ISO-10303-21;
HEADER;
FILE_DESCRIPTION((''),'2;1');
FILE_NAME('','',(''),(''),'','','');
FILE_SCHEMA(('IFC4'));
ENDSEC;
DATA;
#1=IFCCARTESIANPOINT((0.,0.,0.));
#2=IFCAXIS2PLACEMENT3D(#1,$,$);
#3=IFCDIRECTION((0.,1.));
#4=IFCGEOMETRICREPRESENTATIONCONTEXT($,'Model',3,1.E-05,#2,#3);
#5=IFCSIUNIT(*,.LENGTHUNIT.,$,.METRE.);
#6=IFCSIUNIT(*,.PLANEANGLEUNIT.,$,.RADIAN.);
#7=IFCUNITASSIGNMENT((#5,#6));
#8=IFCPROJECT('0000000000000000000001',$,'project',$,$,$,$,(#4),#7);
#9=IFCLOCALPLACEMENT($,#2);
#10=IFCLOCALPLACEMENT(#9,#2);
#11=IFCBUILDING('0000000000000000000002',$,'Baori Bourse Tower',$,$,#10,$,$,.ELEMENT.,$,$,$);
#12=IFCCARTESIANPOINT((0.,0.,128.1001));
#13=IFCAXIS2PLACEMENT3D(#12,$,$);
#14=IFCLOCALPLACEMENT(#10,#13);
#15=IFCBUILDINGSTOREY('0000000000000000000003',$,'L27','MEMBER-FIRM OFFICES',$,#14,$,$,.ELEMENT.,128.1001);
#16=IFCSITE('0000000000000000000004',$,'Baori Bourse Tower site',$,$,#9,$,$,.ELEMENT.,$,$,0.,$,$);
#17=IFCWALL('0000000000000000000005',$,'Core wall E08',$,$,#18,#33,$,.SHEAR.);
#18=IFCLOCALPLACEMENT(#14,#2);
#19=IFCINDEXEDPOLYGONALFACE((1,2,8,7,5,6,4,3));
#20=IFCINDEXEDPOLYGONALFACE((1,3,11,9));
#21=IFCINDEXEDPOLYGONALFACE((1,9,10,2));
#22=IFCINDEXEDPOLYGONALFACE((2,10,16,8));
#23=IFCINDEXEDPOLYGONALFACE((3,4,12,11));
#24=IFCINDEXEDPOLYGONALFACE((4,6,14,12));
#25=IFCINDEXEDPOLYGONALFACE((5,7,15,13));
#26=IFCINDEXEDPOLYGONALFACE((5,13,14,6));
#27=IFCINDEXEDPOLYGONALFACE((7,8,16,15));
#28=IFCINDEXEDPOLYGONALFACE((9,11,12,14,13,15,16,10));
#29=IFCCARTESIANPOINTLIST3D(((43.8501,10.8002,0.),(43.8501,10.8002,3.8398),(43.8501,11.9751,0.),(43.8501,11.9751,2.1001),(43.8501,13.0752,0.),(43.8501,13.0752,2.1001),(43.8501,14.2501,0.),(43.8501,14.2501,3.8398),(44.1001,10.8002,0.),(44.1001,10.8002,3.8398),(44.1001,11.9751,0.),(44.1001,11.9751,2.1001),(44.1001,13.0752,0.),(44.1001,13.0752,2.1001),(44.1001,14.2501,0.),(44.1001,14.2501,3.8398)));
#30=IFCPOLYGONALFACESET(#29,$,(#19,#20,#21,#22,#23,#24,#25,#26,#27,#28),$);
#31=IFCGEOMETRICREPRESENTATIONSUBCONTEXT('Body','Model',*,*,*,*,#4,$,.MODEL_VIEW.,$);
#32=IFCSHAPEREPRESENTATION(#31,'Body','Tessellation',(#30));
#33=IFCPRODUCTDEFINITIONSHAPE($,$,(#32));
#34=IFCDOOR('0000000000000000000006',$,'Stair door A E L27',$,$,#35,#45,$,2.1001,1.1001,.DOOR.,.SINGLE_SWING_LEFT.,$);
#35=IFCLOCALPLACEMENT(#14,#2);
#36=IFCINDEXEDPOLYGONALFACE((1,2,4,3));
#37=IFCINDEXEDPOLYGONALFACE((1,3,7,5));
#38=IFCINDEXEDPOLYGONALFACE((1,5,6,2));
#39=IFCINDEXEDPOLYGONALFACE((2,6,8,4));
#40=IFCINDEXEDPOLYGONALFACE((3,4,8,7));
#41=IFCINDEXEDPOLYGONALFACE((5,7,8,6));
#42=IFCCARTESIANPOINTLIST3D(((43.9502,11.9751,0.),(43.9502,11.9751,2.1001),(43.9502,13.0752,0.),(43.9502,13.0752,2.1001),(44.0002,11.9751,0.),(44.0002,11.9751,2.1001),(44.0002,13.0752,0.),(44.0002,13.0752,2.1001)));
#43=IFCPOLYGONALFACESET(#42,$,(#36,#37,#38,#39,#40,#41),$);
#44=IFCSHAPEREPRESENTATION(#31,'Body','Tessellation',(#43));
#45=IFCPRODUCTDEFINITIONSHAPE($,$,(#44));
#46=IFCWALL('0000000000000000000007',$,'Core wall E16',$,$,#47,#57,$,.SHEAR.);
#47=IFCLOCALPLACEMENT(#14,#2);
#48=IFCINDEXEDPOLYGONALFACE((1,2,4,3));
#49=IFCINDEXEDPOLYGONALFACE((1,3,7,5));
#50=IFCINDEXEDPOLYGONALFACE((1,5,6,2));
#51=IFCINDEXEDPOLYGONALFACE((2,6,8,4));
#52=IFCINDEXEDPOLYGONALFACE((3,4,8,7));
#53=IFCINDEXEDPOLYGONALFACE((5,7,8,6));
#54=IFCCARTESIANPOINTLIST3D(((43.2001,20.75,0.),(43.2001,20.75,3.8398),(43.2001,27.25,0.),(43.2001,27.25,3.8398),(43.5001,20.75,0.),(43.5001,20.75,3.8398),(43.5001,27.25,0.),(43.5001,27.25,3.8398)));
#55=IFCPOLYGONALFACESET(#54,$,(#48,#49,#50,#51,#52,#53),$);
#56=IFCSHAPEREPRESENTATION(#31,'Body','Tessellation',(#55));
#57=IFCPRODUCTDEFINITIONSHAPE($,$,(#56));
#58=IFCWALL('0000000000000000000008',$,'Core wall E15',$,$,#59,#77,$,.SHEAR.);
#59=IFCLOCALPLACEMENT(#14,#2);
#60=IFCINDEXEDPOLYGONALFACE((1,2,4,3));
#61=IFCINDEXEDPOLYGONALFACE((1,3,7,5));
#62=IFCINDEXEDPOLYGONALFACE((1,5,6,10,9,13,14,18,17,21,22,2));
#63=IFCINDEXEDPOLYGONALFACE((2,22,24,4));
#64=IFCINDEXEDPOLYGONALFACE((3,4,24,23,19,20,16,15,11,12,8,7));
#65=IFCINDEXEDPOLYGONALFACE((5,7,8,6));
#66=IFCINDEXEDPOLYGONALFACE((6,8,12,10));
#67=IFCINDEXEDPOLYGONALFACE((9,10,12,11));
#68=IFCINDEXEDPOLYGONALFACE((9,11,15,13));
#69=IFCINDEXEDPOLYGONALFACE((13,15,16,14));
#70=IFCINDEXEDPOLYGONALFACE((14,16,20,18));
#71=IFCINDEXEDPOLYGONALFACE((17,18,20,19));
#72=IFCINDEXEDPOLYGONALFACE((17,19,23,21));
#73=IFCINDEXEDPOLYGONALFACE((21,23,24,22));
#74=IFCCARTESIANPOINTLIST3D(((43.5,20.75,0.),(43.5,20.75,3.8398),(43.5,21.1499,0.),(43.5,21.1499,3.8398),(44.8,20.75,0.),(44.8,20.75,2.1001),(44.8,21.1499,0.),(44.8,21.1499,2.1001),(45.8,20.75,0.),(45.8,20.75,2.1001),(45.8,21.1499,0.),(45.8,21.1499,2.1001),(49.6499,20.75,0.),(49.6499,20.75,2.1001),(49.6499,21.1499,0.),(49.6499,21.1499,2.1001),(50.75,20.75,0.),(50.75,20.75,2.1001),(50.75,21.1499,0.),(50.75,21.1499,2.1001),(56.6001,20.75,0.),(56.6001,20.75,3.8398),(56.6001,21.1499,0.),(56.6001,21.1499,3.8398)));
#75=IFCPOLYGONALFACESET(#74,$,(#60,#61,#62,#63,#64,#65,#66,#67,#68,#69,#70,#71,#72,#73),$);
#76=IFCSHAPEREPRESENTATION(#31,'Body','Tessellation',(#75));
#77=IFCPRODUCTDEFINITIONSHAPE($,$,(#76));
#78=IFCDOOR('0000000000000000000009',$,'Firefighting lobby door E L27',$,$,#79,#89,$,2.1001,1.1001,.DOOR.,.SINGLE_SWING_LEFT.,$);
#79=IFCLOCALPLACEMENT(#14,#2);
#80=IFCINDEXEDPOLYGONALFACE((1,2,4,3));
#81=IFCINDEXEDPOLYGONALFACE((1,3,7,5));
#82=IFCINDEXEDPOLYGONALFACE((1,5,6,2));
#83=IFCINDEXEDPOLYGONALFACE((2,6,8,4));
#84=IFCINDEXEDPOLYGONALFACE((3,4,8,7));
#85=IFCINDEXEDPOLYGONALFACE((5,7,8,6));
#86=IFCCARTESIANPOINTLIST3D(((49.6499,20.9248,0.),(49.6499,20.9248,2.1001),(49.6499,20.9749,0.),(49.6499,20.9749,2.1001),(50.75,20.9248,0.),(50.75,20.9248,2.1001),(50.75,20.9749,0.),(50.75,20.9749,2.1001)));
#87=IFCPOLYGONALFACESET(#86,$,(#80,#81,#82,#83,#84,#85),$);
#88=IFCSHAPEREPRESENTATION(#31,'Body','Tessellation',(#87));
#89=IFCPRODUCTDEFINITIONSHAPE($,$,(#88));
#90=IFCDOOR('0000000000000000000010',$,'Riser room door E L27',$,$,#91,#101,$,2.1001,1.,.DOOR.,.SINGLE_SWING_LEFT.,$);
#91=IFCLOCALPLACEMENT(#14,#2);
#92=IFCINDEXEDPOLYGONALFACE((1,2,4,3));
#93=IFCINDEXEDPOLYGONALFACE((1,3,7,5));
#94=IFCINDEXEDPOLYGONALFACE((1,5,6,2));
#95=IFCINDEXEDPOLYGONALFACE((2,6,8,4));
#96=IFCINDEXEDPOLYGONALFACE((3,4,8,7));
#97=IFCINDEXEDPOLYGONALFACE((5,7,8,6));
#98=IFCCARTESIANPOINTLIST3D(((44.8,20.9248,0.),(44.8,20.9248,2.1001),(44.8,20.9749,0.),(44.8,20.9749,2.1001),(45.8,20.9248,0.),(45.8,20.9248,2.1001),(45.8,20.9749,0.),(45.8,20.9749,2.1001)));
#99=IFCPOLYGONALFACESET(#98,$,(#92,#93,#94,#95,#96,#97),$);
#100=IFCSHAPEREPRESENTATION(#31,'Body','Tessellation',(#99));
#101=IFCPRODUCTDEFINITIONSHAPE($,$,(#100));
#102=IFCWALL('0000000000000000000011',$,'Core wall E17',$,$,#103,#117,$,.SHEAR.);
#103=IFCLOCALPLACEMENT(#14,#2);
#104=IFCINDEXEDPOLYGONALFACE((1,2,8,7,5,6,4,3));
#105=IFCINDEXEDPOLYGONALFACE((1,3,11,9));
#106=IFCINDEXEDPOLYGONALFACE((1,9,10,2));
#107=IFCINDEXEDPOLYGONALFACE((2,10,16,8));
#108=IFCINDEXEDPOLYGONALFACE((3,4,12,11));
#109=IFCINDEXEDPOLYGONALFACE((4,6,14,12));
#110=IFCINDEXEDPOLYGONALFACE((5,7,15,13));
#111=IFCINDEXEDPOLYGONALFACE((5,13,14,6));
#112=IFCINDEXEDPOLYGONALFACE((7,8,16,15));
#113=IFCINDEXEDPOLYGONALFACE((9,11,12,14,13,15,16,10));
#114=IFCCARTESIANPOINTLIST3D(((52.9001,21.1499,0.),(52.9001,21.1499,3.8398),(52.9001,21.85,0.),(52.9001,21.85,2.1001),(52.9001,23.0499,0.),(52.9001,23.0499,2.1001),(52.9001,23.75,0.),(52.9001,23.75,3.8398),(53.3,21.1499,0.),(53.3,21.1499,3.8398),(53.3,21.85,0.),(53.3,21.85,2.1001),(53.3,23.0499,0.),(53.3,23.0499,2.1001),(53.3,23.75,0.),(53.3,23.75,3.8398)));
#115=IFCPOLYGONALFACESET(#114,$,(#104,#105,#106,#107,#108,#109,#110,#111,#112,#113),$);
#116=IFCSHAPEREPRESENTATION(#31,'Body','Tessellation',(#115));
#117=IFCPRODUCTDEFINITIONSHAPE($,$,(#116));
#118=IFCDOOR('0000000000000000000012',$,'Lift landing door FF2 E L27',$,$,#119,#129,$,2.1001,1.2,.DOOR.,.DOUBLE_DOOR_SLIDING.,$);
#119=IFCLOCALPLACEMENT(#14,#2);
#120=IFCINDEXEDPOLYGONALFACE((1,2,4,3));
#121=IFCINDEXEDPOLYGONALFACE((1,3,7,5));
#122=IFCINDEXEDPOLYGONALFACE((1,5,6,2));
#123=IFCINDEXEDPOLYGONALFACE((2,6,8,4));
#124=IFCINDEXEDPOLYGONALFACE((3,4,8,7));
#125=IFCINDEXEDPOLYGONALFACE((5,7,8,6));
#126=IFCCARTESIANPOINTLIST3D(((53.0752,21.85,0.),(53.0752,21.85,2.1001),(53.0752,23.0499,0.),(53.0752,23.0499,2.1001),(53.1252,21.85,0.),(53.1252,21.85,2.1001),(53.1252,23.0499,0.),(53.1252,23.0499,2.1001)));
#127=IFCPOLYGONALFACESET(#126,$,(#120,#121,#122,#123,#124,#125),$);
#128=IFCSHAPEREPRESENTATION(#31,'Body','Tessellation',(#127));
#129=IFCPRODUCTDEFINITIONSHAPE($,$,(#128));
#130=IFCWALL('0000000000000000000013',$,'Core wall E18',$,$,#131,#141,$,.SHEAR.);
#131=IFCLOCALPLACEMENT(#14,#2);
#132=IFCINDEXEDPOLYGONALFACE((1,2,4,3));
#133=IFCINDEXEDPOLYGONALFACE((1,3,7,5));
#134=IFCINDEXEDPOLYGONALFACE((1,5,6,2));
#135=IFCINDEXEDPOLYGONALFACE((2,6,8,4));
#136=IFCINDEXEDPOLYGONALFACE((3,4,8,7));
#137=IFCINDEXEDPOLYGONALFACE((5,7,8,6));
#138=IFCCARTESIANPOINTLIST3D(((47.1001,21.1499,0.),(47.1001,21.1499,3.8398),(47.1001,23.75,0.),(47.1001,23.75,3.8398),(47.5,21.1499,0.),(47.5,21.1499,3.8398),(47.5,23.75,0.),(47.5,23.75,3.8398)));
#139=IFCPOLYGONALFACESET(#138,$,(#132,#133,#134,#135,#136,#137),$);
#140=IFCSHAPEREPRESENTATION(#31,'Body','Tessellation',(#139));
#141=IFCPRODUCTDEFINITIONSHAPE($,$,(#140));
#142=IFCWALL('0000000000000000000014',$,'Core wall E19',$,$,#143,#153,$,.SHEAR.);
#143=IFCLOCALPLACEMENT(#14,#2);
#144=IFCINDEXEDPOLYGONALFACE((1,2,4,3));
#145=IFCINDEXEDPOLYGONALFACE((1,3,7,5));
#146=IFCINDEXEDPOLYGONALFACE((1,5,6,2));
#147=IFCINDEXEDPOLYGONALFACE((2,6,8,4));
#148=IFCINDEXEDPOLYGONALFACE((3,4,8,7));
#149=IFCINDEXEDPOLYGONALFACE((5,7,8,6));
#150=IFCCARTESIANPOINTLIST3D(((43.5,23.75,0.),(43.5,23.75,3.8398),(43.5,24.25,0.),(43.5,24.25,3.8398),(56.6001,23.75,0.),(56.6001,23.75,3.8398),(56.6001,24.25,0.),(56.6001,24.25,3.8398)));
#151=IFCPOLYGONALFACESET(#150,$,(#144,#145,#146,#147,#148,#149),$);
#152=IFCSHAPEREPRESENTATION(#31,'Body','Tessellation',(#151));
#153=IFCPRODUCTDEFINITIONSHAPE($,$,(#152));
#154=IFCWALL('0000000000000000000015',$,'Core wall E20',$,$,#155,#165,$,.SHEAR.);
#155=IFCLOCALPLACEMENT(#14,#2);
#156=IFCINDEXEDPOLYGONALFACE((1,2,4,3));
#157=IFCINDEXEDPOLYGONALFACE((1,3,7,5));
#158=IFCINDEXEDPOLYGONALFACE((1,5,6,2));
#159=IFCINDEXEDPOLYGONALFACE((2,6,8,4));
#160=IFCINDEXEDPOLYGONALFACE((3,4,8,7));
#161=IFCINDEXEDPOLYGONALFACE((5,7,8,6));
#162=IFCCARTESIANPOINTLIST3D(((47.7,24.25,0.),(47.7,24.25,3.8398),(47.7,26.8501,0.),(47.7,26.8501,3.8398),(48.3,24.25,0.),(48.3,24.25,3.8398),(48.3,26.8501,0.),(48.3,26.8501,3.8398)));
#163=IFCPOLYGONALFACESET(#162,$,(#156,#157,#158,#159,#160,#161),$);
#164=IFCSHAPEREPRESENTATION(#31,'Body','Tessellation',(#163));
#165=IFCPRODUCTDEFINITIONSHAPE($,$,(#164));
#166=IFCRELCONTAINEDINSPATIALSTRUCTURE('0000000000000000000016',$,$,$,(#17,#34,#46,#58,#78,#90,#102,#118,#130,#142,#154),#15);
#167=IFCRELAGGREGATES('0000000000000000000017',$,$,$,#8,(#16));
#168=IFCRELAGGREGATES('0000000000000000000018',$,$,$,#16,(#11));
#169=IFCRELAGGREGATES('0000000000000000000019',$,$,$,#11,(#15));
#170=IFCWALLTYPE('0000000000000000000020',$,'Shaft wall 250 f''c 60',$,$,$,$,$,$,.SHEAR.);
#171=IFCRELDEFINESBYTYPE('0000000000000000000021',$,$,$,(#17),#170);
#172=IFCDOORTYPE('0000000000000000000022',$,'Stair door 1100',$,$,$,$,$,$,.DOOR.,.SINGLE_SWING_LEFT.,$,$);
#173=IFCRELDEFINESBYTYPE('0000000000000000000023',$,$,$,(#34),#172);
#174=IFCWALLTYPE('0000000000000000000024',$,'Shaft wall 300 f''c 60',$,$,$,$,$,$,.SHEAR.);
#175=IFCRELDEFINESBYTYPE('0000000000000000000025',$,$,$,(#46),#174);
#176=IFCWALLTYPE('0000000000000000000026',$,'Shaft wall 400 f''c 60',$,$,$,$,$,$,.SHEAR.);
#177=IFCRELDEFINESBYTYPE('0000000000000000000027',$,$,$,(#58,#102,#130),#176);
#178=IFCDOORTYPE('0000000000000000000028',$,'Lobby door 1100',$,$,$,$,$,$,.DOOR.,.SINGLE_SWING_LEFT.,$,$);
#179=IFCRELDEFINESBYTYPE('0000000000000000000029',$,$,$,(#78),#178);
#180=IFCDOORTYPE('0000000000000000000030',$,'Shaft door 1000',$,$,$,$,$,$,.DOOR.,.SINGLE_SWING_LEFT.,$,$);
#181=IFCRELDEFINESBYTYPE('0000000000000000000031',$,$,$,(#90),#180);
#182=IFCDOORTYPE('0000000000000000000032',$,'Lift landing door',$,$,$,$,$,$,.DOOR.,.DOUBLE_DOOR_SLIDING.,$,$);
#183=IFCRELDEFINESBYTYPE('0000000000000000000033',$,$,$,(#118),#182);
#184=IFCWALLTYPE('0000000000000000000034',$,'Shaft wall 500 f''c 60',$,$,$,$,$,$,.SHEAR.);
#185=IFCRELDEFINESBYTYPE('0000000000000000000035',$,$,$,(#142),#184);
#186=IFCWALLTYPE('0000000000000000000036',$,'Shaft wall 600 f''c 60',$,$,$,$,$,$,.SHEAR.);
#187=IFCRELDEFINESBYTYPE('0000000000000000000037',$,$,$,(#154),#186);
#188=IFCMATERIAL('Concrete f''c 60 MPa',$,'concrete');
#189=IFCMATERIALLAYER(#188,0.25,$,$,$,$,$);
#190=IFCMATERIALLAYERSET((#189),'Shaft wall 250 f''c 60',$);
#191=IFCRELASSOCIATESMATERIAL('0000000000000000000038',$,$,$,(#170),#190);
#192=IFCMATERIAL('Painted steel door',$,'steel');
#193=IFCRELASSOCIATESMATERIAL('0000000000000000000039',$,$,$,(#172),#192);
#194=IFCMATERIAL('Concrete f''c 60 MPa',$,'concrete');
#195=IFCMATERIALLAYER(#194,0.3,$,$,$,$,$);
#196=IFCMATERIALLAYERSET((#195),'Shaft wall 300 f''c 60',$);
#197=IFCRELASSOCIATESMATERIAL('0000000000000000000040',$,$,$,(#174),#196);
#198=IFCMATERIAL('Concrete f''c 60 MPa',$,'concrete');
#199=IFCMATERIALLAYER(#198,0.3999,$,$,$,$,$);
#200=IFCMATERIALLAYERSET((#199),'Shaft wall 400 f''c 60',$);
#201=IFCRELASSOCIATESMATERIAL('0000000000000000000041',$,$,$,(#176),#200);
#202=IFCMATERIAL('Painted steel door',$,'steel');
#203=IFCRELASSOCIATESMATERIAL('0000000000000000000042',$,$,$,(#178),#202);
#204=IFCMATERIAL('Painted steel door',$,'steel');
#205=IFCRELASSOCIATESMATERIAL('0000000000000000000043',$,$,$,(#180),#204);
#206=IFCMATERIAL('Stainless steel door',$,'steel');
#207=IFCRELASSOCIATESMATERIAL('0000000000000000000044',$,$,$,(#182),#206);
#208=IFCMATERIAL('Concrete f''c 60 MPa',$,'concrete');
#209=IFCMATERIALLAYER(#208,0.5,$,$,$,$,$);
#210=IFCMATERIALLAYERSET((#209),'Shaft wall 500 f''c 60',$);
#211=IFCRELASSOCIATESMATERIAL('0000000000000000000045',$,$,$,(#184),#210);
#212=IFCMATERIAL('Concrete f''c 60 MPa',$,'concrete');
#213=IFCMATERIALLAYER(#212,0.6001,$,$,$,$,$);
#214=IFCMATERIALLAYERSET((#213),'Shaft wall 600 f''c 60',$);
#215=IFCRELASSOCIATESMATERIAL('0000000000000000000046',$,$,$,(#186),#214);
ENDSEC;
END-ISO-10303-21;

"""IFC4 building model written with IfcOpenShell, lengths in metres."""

from ifc_helpers import new_model, si_unit, direction, frame, frame_2d, origin, place, context, subcontext, project, spatial, rectangle, extrude, material, layer, layer_set, type_object, element, fill, save


model = new_model("IFC4")

# Units and contexts
model_context = context("Model", 3, precision=1e-05, world=origin(), true_north=direction((0.0, 1.0)))
body_context = subcontext(model_context, "Body", "Model", "MODEL_VIEW")
ifc_project = project(units=[si_unit("LENGTHUNIT", "METRE"), si_unit("PLANEANGLEUNIT", "RADIAN")], contexts=[model_context])

# Site, building, storey
site_placement = place(None, origin())
site = spatial("IfcSite", under=ifc_project, at=site_placement, Name="Baori Bourse Tower site", CompositionType="ELEMENT", RefElevation=0.0)
building_placement = place(site_placement, origin())
building = spatial("IfcBuilding", under=site, at=building_placement, Name="Baori Bourse Tower", CompositionType="ELEMENT")
storey_placement = place(building_placement, frame((0.0, 0.0, 128.1001)))
storey = spatial("IfcBuildingStorey", under=building, at=storey_placement, Name="L27", Description="MEMBER-FIRM OFFICES", CompositionType="ELEMENT", Elevation=128.1001)

# Wall, opening, door
ifc_material_1 = material(Name="Concrete f'c 60 MPa", Category="concrete")
ifc_layer_1 = layer(ifc_material_1, 0.25)
ifc_layer_set_1 = layer_set([ifc_layer_1], Name="Shaft wall 250 f'c 60")
wall_type_1 = type_object("IfcWallType", Name="Shaft wall 250 f'c 60", PredefinedType="SHEAR", material=ifc_layer_set_1)
wall_1_placement = place(storey_placement, frame((43.9751, 10.8, 0.0), z_axis=(0.0, 0.0, 1.0), x_axis=(0.0, 1.0, 0.0)))
wall_1 = element("IfcWall", 1, at=wall_1_placement, inside=storey, type_object=wall_type_1, Name="Core wall E08", PredefinedType="SHEAR", context=body_context, shape_type="SweptSolid", body=[
    extrude(rectangle(XDim=3.45, YDim=0.25, at=frame_2d((1.7251, 0.0))), origin(), (0.0, 0.0, 1.0), 3.8398),
])
opening_1_placement = place(wall_1_placement, frame((1.175, 0.0, 0.0)))
opening_1 = element("IfcOpeningElement", 2, at=opening_1_placement, cuts=wall_1, PredefinedType="OPENING", context=body_context, shape_type="SweptSolid", body=[
    extrude(rectangle(XDim=1.1001, YDim=2.1001, at=frame_2d((0.55, 1.05))), frame((0.0, 0.135, 0.0), z_axis=(0.0, -1.0, 0.0), x_axis=(1.0, 0.0, 0.0)), (0.0, 0.0, 1.0), 0.27),
])
ifc_material_2 = material(Name="Painted steel door", Category="steel")
door_type_1 = type_object("IfcDoorType", Name="Stair door 1100", OperationType="SINGLE_SWING_LEFT", PredefinedType="DOOR", material=ifc_material_2)
door_1_placement = place(opening_1_placement, origin())
door_1 = element("IfcDoor", 3, at=door_1_placement, inside=storey, type_object=door_type_1, Name="Stair door A E L27", OperationType="SINGLE_SWING_LEFT", OverallHeight=2.1001, OverallWidth=1.1001, PredefinedType="DOOR", context=body_context, shape_type="SweptSolid", body=[
    extrude(rectangle(XDim=1.1001, YDim=2.1001, at=frame_2d((0.55, 1.05))), frame((0.0, 0.0249, 0.0), z_axis=(0.0, -1.0, 0.0), x_axis=(1.0, 0.0, 0.0)), (0.0, 0.0, 1.0), 0.05),
])
fill(opening_1, door_1)

# Wall
ifc_material_3 = material(Name="Concrete f'c 60 MPa", Category="concrete")
ifc_layer_2 = layer(ifc_material_3, 0.3)
ifc_layer_set_2 = layer_set([ifc_layer_2], Name="Shaft wall 300 f'c 60")
wall_type_2 = type_object("IfcWallType", Name="Shaft wall 300 f'c 60", PredefinedType="SHEAR", material=ifc_layer_set_2)
wall_2_placement = place(storey_placement, frame((43.3501, 20.75, 0.0), z_axis=(0.0, 0.0, 1.0), x_axis=(0.0, 1.0, 0.0)))
element("IfcWall", 4, at=wall_2_placement, inside=storey, type_object=wall_type_2, Name="Core wall E16", PredefinedType="SHEAR", context=body_context, shape_type="SweptSolid", body=[
    extrude(rectangle(XDim=6.5, YDim=0.3, at=frame_2d((3.25, 0.0))), origin(), (0.0, 0.0, 1.0), 3.8398),
])

# Wall, openings, doors
ifc_material_4 = material(Name="Concrete f'c 60 MPa", Category="concrete")
ifc_layer_3 = layer(ifc_material_4, 0.3999)
ifc_layer_set_3 = layer_set([ifc_layer_3], Name="Shaft wall 400 f'c 60")
wall_type_3 = type_object("IfcWallType", Name="Shaft wall 400 f'c 60", PredefinedType="SHEAR", material=ifc_layer_set_3)
wall_3_placement = place(storey_placement, frame((43.5, 20.95, 0.0), z_axis=(0.0, 0.0, 1.0), x_axis=(1.0, 0.0, 0.0)))
wall_3 = element("IfcWall", 5, at=wall_3_placement, inside=storey, type_object=wall_type_3, Name="Core wall E15", PredefinedType="SHEAR", context=body_context, shape_type="SweptSolid", body=[
    extrude(rectangle(XDim=13.1001, YDim=0.3999, at=frame_2d((6.55, 0.0))), origin(), (0.0, 0.0, 1.0), 3.8398),
])
opening_2_placement = place(wall_3_placement, frame((6.1499, 0.0, 0.0)))
opening_2 = element("IfcOpeningElement", 6, at=opening_2_placement, cuts=wall_3, PredefinedType="OPENING", context=body_context, shape_type="SweptSolid", body=[
    extrude(rectangle(XDim=1.1001, YDim=2.1001, at=frame_2d((0.55, 1.05))), frame((0.0, 0.21, 0.0), z_axis=(0.0, -1.0, 0.0), x_axis=(1.0, 0.0, 0.0)), (0.0, 0.0, 1.0), 0.4199),
])
opening_3_placement = place(wall_3_placement, frame((1.3, 0.0, 0.0)))
opening_3 = element("IfcOpeningElement", 7, at=opening_3_placement, cuts=wall_3, PredefinedType="OPENING", context=body_context, shape_type="SweptSolid", body=[
    extrude(rectangle(XDim=1.0, YDim=2.1001, at=frame_2d((0.5, 1.05))), frame((0.0, 0.21, 0.0), z_axis=(0.0, -1.0, 0.0), x_axis=(1.0, 0.0, 0.0)), (0.0, 0.0, 1.0), 0.4199),
])
ifc_material_5 = material(Name="Painted steel door", Category="steel")
door_type_2 = type_object("IfcDoorType", Name="Lobby door 1100", OperationType="SINGLE_SWING_LEFT", PredefinedType="DOOR", material=ifc_material_5)
door_2_placement = place(opening_2_placement, origin())
door_2 = element("IfcDoor", 8, at=door_2_placement, inside=storey, type_object=door_type_2, Name="Firefighting lobby door E L27", OperationType="SINGLE_SWING_LEFT", OverallHeight=2.1001, OverallWidth=1.1001, PredefinedType="DOOR", context=body_context, shape_type="SweptSolid", body=[
    extrude(rectangle(XDim=1.1001, YDim=2.1001, at=frame_2d((0.55, 1.05))), frame((0.0, 0.0249, 0.0), z_axis=(0.0, -1.0, 0.0), x_axis=(1.0, 0.0, 0.0)), (0.0, 0.0, 1.0), 0.05),
])
fill(opening_2, door_2)
ifc_material_6 = material(Name="Painted steel door", Category="steel")
door_type_3 = type_object("IfcDoorType", Name="Shaft door 1000", OperationType="SINGLE_SWING_LEFT", PredefinedType="DOOR", material=ifc_material_6)
door_3_placement = place(opening_3_placement, origin())
door_3 = element("IfcDoor", 9, at=door_3_placement, inside=storey, type_object=door_type_3, Name="Riser room door E L27", OperationType="SINGLE_SWING_LEFT", OverallHeight=2.1001, OverallWidth=1.0, PredefinedType="DOOR", context=body_context, shape_type="SweptSolid", body=[
    extrude(rectangle(XDim=1.0, YDim=2.1001, at=frame_2d((0.5, 1.05))), frame((0.0, 0.0249, 0.0), z_axis=(0.0, -1.0, 0.0), x_axis=(1.0, 0.0, 0.0)), (0.0, 0.0, 1.0), 0.05),
])
fill(opening_3, door_3)

# Wall, opening, door
wall_4_placement = place(storey_placement, frame((53.1001, 21.1499, 0.0), z_axis=(0.0, 0.0, 1.0), x_axis=(0.0, 1.0, 0.0)))
wall_4 = element("IfcWall", 10, at=wall_4_placement, inside=storey, type_object=wall_type_3, Name="Core wall E17", PredefinedType="SHEAR", context=body_context, shape_type="SweptSolid", body=[
    extrude(rectangle(XDim=2.6001, YDim=0.3999, at=frame_2d((1.3, 0.0))), origin(), (0.0, 0.0, 1.0), 3.8398),
])
opening_4_placement = place(wall_4_placement, frame((0.7, 0.0, 0.0)))
opening_4 = element("IfcOpeningElement", 11, at=opening_4_placement, cuts=wall_4, PredefinedType="OPENING", context=body_context, shape_type="SweptSolid", body=[
    extrude(rectangle(XDim=1.2, YDim=2.1001, at=frame_2d((0.6001, 1.05))), frame((0.0, 0.21, 0.0), z_axis=(0.0, -1.0, 0.0), x_axis=(1.0, 0.0, 0.0)), (0.0, 0.0, 1.0), 0.4199),
])
ifc_material_7 = material(Name="Stainless steel door", Category="steel")
door_type_4 = type_object("IfcDoorType", Name="Lift landing door", OperationType="DOUBLE_DOOR_SLIDING", PredefinedType="DOOR", material=ifc_material_7)
door_4_placement = place(opening_4_placement, origin())
door_4 = element("IfcDoor", 12, at=door_4_placement, inside=storey, type_object=door_type_4, Name="Lift landing door FF2 E L27", OperationType="DOUBLE_DOOR_SLIDING", OverallHeight=2.1001, OverallWidth=1.2, PredefinedType="DOOR", context=body_context, shape_type="SweptSolid", body=[
    extrude(rectangle(XDim=1.2, YDim=2.1001, at=frame_2d((0.6001, 1.05))), frame((0.0, 0.0249, 0.0), z_axis=(0.0, -1.0, 0.0), x_axis=(1.0, 0.0, 0.0)), (0.0, 0.0, 1.0), 0.05),
])
fill(opening_4, door_4)

# Walls
wall_5_placement = place(storey_placement, frame((47.3, 21.1499, 0.0), z_axis=(0.0, 0.0, 1.0), x_axis=(0.0, 1.0, 0.0)))
element("IfcWall", 13, at=wall_5_placement, inside=storey, type_object=wall_type_3, Name="Core wall E18", PredefinedType="SHEAR", context=body_context, shape_type="SweptSolid", body=[
    extrude(rectangle(XDim=2.6001, YDim=0.3999, at=frame_2d((1.3, 0.0))), origin(), (0.0, 0.0, 1.0), 3.8398),
])
ifc_material_8 = material(Name="Concrete f'c 60 MPa", Category="concrete")
ifc_layer_4 = layer(ifc_material_8, 0.5)
ifc_layer_set_4 = layer_set([ifc_layer_4], Name="Shaft wall 500 f'c 60")
wall_type_4 = type_object("IfcWallType", Name="Shaft wall 500 f'c 60", PredefinedType="SHEAR", material=ifc_layer_set_4)
wall_6_placement = place(storey_placement, frame((43.5, 24.0, 0.0), z_axis=(0.0, 0.0, 1.0), x_axis=(1.0, 0.0, 0.0)))
element("IfcWall", 14, at=wall_6_placement, inside=storey, type_object=wall_type_4, Name="Core wall E19", PredefinedType="SHEAR", context=body_context, shape_type="SweptSolid", body=[
    extrude(rectangle(XDim=13.1001, YDim=0.5, at=frame_2d((6.55, 0.0))), origin(), (0.0, 0.0, 1.0), 3.8398),
])
ifc_material_9 = material(Name="Concrete f'c 60 MPa", Category="concrete")
ifc_layer_5 = layer(ifc_material_9, 0.6001)
ifc_layer_set_5 = layer_set([ifc_layer_5], Name="Shaft wall 600 f'c 60")
wall_type_5 = type_object("IfcWallType", Name="Shaft wall 600 f'c 60", PredefinedType="SHEAR", material=ifc_layer_set_5)
wall_7_placement = place(storey_placement, frame((48.0, 24.25, 0.0), z_axis=(0.0, 0.0, 1.0), x_axis=(0.0, 1.0, 0.0)))
element("IfcWall", 15, at=wall_7_placement, inside=storey, type_object=wall_type_5, Name="Core wall E20", PredefinedType="SHEAR", context=body_context, shape_type="SweptSolid", body=[
    extrude(rectangle(XDim=2.6001, YDim=0.6001, at=frame_2d((1.3, 0.0))), origin(), (0.0, 0.0, 1.0), 3.8398),
])

save(model, "model.ifc")
